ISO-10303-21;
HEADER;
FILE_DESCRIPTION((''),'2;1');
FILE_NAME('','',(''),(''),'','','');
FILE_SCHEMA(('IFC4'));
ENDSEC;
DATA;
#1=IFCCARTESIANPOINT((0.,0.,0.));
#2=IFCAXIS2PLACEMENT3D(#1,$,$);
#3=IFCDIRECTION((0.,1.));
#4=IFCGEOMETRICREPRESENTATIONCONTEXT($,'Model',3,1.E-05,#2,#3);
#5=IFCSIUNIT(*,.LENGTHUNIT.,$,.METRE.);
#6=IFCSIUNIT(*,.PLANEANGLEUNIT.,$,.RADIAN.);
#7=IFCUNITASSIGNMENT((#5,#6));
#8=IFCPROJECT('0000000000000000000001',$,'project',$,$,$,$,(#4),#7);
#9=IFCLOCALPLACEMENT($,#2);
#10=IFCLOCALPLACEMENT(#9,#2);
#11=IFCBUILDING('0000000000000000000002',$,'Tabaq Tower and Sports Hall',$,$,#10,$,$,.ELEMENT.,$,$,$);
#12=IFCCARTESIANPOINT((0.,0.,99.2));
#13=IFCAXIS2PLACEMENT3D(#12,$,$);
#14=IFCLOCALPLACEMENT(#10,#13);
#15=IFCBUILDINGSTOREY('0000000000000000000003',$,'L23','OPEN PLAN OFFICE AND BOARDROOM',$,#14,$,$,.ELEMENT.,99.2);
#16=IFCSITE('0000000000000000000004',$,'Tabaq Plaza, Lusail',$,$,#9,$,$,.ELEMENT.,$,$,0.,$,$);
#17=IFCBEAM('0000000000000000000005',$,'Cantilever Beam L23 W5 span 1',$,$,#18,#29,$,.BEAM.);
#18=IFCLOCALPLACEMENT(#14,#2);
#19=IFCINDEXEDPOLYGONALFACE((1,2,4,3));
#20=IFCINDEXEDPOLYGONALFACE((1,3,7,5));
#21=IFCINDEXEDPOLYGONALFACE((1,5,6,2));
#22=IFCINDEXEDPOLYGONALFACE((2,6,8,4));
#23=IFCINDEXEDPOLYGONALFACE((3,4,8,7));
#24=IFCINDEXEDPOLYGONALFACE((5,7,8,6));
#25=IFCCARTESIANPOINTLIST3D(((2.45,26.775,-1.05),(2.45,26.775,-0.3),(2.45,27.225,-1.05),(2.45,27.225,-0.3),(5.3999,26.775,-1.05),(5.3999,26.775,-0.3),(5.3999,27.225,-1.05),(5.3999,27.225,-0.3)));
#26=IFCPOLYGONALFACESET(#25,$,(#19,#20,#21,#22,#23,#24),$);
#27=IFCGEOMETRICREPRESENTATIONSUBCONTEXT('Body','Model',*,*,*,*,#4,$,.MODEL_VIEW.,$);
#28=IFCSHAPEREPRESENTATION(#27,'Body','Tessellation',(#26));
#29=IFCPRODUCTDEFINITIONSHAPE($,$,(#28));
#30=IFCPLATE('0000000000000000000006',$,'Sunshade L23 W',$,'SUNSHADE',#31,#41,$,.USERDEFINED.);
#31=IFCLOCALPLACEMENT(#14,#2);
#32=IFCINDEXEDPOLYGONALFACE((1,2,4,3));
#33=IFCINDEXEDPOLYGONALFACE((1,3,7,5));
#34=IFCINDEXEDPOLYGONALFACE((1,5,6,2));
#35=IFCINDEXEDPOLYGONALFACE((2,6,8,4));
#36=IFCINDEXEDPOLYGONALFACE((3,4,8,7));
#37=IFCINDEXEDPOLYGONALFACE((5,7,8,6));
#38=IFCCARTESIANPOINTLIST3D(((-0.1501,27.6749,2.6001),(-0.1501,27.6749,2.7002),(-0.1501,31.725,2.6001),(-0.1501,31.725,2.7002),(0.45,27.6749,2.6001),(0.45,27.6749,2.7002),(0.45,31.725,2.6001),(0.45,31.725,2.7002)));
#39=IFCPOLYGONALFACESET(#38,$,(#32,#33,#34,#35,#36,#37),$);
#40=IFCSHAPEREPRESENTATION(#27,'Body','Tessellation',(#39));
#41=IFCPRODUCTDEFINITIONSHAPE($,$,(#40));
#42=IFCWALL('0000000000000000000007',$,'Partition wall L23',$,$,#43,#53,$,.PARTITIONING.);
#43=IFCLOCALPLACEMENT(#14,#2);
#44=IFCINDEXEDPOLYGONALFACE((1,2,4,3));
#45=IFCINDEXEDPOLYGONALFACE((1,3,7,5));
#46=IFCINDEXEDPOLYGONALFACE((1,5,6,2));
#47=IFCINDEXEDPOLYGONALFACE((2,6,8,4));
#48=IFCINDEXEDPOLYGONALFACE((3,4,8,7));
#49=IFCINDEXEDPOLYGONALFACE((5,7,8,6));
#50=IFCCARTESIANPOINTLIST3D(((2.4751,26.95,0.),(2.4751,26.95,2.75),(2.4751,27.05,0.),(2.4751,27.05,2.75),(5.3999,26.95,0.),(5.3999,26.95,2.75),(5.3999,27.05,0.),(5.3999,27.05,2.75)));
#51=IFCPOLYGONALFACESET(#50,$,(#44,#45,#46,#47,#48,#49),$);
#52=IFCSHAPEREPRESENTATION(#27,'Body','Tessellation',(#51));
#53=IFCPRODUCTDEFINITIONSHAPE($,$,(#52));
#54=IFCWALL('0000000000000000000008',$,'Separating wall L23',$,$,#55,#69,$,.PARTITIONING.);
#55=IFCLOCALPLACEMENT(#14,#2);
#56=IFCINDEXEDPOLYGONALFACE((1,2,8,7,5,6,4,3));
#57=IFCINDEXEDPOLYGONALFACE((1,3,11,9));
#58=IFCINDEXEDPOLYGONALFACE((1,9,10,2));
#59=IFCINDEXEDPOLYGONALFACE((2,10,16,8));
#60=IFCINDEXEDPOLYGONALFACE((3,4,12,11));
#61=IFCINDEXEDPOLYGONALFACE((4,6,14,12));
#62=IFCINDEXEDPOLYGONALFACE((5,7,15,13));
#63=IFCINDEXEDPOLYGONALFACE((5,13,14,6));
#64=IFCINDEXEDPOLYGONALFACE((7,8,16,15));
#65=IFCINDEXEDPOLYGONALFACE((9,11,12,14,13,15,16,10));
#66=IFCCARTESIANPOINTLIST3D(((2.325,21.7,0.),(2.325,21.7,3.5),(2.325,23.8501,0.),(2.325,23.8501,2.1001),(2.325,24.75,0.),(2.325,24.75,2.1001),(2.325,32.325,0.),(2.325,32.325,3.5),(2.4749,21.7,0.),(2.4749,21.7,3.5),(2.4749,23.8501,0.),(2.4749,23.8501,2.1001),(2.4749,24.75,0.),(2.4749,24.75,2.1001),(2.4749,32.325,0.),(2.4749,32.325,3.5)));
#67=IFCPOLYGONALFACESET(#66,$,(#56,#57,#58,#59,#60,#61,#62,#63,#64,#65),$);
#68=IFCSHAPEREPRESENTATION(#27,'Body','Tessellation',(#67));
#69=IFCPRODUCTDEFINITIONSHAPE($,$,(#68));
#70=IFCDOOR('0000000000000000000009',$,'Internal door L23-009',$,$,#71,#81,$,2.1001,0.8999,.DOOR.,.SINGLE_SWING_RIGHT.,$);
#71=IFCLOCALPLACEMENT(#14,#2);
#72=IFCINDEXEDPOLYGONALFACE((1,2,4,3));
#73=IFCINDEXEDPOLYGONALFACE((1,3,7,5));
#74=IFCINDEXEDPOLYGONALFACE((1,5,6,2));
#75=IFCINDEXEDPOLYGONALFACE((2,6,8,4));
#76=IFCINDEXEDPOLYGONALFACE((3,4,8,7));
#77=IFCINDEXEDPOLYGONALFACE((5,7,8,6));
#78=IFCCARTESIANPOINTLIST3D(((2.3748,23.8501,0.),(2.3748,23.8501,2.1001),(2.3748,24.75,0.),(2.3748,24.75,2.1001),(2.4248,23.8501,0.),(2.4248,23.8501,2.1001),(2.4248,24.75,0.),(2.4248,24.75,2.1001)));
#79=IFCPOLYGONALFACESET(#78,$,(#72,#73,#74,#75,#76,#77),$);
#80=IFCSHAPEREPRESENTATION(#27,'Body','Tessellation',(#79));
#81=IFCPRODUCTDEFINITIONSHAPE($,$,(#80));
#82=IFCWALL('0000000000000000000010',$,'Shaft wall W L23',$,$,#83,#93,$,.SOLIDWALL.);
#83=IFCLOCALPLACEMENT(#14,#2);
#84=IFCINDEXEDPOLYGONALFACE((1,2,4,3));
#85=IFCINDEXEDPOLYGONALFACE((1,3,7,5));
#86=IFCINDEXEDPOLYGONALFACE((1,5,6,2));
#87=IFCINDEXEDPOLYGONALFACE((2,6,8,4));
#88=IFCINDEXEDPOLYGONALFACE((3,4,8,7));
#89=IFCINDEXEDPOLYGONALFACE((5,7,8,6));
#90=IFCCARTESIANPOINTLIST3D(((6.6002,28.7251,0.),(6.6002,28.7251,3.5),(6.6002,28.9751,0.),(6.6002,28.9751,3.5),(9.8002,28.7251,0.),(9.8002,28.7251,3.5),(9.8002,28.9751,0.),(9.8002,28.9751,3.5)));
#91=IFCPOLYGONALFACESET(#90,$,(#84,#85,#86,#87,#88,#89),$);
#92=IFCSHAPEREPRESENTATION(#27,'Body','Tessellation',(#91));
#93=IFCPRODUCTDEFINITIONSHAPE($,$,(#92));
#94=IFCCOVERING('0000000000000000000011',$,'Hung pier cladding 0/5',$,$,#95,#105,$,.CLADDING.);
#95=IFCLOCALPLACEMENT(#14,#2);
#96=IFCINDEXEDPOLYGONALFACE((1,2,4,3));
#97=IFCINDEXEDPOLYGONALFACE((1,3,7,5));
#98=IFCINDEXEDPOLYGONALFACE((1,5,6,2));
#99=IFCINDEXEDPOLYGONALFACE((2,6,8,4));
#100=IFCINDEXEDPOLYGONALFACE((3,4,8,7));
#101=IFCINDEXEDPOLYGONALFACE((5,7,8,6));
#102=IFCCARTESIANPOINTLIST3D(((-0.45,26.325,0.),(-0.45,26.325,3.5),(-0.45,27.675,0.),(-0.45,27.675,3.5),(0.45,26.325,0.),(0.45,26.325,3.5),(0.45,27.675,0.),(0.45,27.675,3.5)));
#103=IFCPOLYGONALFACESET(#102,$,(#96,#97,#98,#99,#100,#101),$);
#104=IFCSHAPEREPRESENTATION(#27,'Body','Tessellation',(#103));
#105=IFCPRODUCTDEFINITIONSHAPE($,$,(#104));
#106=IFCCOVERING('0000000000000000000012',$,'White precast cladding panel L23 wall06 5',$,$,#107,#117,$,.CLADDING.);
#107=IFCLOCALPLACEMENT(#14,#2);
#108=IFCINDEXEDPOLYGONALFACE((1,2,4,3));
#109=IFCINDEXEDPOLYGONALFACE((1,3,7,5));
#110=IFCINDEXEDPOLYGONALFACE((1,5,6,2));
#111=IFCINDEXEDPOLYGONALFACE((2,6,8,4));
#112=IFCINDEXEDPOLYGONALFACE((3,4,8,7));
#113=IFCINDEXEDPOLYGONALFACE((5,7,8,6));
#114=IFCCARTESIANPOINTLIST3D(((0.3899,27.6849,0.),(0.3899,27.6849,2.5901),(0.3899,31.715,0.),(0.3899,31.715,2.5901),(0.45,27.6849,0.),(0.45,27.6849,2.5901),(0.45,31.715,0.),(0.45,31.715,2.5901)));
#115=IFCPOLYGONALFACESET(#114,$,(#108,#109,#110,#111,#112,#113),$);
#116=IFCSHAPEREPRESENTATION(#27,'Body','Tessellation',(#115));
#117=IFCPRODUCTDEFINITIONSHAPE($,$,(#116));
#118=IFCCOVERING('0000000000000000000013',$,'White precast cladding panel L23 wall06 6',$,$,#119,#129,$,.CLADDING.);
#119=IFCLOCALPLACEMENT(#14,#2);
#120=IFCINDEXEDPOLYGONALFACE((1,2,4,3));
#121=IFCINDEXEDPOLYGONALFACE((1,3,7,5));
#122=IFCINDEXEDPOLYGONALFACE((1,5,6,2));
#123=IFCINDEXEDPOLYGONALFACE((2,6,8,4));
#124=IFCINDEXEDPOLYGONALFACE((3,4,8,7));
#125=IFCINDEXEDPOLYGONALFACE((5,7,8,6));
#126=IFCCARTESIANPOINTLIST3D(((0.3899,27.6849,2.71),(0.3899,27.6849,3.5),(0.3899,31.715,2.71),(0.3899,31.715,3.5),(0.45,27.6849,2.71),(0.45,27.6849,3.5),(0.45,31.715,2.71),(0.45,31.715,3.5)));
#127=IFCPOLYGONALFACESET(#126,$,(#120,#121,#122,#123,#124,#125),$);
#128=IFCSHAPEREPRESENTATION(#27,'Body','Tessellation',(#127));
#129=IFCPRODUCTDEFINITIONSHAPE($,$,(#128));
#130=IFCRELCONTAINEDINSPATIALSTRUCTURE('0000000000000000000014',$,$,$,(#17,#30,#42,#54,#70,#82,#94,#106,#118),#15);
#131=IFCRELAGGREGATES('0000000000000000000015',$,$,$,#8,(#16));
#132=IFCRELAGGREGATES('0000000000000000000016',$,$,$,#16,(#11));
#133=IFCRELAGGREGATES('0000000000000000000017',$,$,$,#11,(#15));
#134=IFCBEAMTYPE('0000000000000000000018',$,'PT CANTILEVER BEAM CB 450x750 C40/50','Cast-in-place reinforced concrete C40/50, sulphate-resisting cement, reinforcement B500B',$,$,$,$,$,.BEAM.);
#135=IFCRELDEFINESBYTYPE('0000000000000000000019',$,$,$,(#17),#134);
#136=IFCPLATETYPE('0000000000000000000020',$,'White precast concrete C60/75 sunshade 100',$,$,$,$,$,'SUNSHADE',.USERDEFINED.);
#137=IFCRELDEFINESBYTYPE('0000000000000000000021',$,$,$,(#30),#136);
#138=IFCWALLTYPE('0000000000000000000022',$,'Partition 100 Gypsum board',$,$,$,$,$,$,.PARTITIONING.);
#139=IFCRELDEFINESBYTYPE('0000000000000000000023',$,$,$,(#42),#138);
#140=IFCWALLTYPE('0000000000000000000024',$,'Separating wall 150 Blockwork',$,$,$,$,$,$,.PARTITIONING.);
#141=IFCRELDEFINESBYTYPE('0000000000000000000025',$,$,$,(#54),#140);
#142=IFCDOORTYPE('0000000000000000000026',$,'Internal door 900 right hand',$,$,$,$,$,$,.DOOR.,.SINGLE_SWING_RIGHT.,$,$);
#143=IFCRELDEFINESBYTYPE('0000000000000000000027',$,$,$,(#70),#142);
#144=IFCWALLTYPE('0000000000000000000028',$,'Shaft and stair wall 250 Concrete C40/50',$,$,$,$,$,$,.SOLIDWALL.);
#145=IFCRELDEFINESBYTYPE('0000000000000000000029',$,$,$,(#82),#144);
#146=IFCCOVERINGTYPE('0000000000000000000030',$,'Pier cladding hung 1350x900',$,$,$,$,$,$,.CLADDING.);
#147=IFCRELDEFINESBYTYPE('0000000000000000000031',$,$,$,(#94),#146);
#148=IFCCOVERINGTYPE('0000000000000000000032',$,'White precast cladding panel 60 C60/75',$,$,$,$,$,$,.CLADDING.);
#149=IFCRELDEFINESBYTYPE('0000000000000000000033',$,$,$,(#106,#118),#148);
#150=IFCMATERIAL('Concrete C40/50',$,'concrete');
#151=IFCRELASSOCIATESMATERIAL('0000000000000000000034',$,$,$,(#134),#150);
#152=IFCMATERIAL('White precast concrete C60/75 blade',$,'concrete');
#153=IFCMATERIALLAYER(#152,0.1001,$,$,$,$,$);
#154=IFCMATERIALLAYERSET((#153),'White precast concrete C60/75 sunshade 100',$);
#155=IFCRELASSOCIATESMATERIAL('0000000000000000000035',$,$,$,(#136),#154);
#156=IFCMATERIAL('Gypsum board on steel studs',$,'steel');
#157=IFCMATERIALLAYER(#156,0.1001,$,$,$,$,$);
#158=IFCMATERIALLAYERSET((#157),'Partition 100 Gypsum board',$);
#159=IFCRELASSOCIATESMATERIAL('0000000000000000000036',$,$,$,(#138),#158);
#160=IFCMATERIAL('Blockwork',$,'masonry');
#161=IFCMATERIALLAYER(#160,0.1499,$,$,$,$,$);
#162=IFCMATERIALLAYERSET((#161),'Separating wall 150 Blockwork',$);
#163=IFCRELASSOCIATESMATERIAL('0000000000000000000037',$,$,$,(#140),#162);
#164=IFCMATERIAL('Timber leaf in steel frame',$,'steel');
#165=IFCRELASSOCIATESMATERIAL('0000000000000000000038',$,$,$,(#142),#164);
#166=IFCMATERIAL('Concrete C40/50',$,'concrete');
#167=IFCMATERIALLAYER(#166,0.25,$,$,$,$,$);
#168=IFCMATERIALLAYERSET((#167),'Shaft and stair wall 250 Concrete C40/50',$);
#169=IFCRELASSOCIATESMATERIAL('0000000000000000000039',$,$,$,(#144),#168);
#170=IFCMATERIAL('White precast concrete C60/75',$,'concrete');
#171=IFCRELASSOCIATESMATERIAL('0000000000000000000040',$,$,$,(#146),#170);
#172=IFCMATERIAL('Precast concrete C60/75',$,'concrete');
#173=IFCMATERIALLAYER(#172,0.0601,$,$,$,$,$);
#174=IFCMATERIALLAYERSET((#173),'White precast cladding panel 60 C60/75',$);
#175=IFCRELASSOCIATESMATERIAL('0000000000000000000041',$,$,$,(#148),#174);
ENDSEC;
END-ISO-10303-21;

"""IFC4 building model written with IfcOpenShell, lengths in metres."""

from ifc_helpers import new_model, si_unit, direction, frame, frame_2d, origin, origin_2d, place, context, subcontext, project, spatial, rectangle, extrude, material, layer, layer_set, material_profile, profile_set, type_object, element, fill, save


model = new_model("IFC4")

# Units and contexts
model_context = context("Model", 3, precision=1e-05, world=origin(), true_north=direction((0.0, 1.0)))
body_context = subcontext(model_context, "Body", "Model", "MODEL_VIEW")
ifc_project = project(units=[si_unit("LENGTHUNIT", "METRE"), si_unit("PLANEANGLEUNIT", "RADIAN")], contexts=[model_context])

# Site, building, storey
site_placement = place(None, origin())
site = spatial("IfcSite", under=ifc_project, at=site_placement, Name="Tabaq Plaza, Lusail", CompositionType="ELEMENT", RefElevation=0.0)
building_placement = place(site_placement, origin())
building = spatial("IfcBuilding", under=site, at=building_placement, Name="Tabaq Tower and Sports Hall", CompositionType="ELEMENT")
storey_placement = place(building_placement, frame((0.0, 0.0, 99.2)))
storey = spatial("IfcBuildingStorey", under=building, at=storey_placement, Name="L23", Description="OPEN PLAN OFFICE AND BOARDROOM", CompositionType="ELEMENT", Elevation=99.2)

# Beam
ifc_material_1 = material(Name="Concrete C40/50", Category="concrete")
ifc_material_profile = material_profile(ifc_material_1, rectangle(XDim=0.45, YDim=0.75, at=origin_2d()), Name="CB 450x750")
ifc_profile_set = profile_set([ifc_material_profile], Name="Concrete C40/50")
beam_type = type_object("IfcBeamType", Name="PT CANTILEVER BEAM CB 450x750 C40/50", Description="Cast-in-place reinforced concrete C40/50, sulphate-resisting cement, reinforcement B500B", PredefinedType="BEAM", material=ifc_profile_set)
beam_placement = place(storey_placement, frame((2.45, 27.0, -0.675), z_axis=(1.0, 0.0, 0.0), x_axis=(0.0, 1.0, 0.0)))
element("IfcBeam", 1, at=beam_placement, inside=storey, type_object=beam_type, Name="Cantilever Beam L23 W5 span 1", PredefinedType="BEAM", context=body_context, shape_type="SweptSolid", body=[
    extrude(rectangle(XDim=0.45, YDim=0.75, at=origin_2d()), origin(), (0.0, 0.0, 1.0), 2.95),
])

# Plate
ifc_material_2 = material(Name="White precast concrete C60/75 blade", Category="concrete")
ifc_layer_1 = layer(ifc_material_2, 0.1001)
ifc_layer_set_1 = layer_set([ifc_layer_1], Name="White precast concrete C60/75 sunshade 100")
plate_type = type_object("IfcPlateType", Name="White precast concrete C60/75 sunshade 100", ElementType="SUNSHADE", PredefinedType="USERDEFINED", material=ifc_layer_set_1)
plate_placement = place(storey_placement, frame((0.1499, 29.7, 2.6001), z_axis=(0.0, 0.0, 1.0), x_axis=(0.0, -1.0, 0.0)))
element("IfcPlate", 2, at=plate_placement, inside=storey, type_object=plate_type, Name="Sunshade L23 W", ObjectType="SUNSHADE", PredefinedType="USERDEFINED", context=body_context, shape_type="SweptSolid", body=[
    extrude(rectangle(XDim=4.05, YDim=0.6001, at=origin_2d()), origin(), (0.0, 0.0, 1.0), 0.1001),
])

# Wall
ifc_material_3 = material(Name="Gypsum board on steel studs", Category="steel")
ifc_layer_2 = layer(ifc_material_3, 0.1001)
ifc_layer_set_2 = layer_set([ifc_layer_2], Name="Partition 100 Gypsum board")
wall_type_1 = type_object("IfcWallType", Name="Partition 100 Gypsum board", PredefinedType="PARTITIONING", material=ifc_layer_set_2)
wall_1_placement = place(storey_placement, frame((5.3999, 27.0, 0.0), z_axis=(0.0, 0.0, 1.0), x_axis=(-1.0, 0.0, 0.0)))
element("IfcWall", 3, at=wall_1_placement, inside=storey, type_object=wall_type_1, Name="Partition wall L23", PredefinedType="PARTITIONING", context=body_context, shape_type="SweptSolid", body=[
    extrude(rectangle(XDim=2.9248, YDim=0.1001, at=frame_2d((1.4624, 0.0))), origin(), (0.0, 0.0, 1.0), 2.75),
])

# Wall, opening, door
ifc_material_4 = material(Name="Blockwork", Category="masonry")
ifc_layer_3 = layer(ifc_material_4, 0.1499)
ifc_layer_set_3 = layer_set([ifc_layer_3], Name="Separating wall 150 Blockwork")
wall_type_2 = type_object("IfcWallType", Name="Separating wall 150 Blockwork", PredefinedType="PARTITIONING", material=ifc_layer_set_3)
wall_2_placement = place(storey_placement, frame((2.3999, 32.325, 0.0), z_axis=(0.0, 0.0, 1.0), x_axis=(0.0, -1.0, 0.0)))
wall_2 = element("IfcWall", 4, at=wall_2_placement, inside=storey, type_object=wall_type_2, Name="Separating wall L23", PredefinedType="PARTITIONING", context=body_context, shape_type="SweptSolid", body=[
    extrude(rectangle(XDim=10.625, YDim=0.1499, at=frame_2d((5.3125, 0.0))), origin(), (0.0, 0.0, 1.0), 3.5),
])
opening_1_placement = place(wall_2_placement, frame((7.575, 0.0, 0.0)))
opening_1 = element("IfcOpeningElement", 5, at=opening_1_placement, cuts=wall_2, PredefinedType="OPENING", context=body_context, shape_type="SweptSolid", body=[
    extrude(rectangle(XDim=0.8999, YDim=2.1001, at=frame_2d((0.45, 1.05))), frame((0.0, 0.075, 0.0), z_axis=(0.0, -1.0, 0.0), x_axis=(1.0, 0.0, 0.0)), (0.0, 0.0, 1.0), 0.1499),
])
ifc_material_5 = material(Name="Timber leaf in steel frame", Category="steel")
door_type_1 = type_object("IfcDoorType", Name="Internal door 900 right hand", OperationType="SINGLE_SWING_RIGHT", PredefinedType="DOOR", material=ifc_material_5)
door_1_placement = place(opening_1_placement, origin())
door_1 = element("IfcDoor", 6, at=door_1_placement, inside=storey, type_object=door_type_1, Name="Internal door L23-009", OperationType="SINGLE_SWING_RIGHT", OverallHeight=2.1001, OverallWidth=0.8999, PredefinedType="DOOR", context=body_context, shape_type="SweptSolid", body=[
    extrude(rectangle(XDim=0.8999, YDim=2.1001, at=frame_2d((0.45, 1.05))), frame((0.0, 0.0249, 0.0), z_axis=(0.0, -1.0, 0.0), x_axis=(1.0, 0.0, 0.0)), (0.0, 0.0, 1.0), 0.05),
])
fill(opening_1, door_1)

# Wall
ifc_material_6 = material(Name="Concrete C40/50", Category="concrete")
ifc_layer_4 = layer(ifc_material_6, 0.25)
ifc_layer_set_4 = layer_set([ifc_layer_4], Name="Shaft and stair wall 250 Concrete C40/50")
wall_type_3 = type_object("IfcWallType", Name="Shaft and stair wall 250 Concrete C40/50", PredefinedType="SOLIDWALL", material=ifc_layer_set_4)
wall_3_placement = place(storey_placement, frame((6.6001, 28.8501, 0.0), z_axis=(0.0, 0.0, 1.0), x_axis=(1.0, 0.0, 0.0)))
element("IfcWall", 7, at=wall_3_placement, inside=storey, type_object=wall_type_3, Name="Shaft wall W L23", PredefinedType="SOLIDWALL", context=body_context, shape_type="SweptSolid", body=[
    extrude(rectangle(XDim=3.2, YDim=0.25, at=frame_2d((1.6001, 0.0))), origin(), (0.0, 0.0, 1.0), 3.5),
])

# Coverings
ifc_material_7 = material(Name="White precast concrete C60/75", Category="concrete")
covering_type_1 = type_object("IfcCoveringType", Name="Pier cladding hung 1350x900", PredefinedType="CLADDING", material=ifc_material_7)
covering_1_placement = place(storey_placement, frame((0.0, 27.675, 0.0), z_axis=(0.0, 0.0, 1.0), x_axis=(0.0, -1.0, 0.0)))
element("IfcCovering", 8, at=covering_1_placement, inside=storey, type_object=covering_type_1, Name="Hung pier cladding 0/5", PredefinedType="CLADDING", context=body_context, shape_type="SweptSolid", body=[
    extrude(rectangle(XDim=1.3501, YDim=0.8999, at=frame_2d((0.675, 0.0))), origin(), (0.0, 0.0, 1.0), 3.5),
])
ifc_material_8 = material(Name="Precast concrete C60/75", Category="concrete")
ifc_layer_5 = layer(ifc_material_8, 0.0601)
ifc_layer_set_5 = layer_set([ifc_layer_5], Name="White precast cladding panel 60 C60/75")
covering_type_2 = type_object("IfcCoveringType", Name="White precast cladding panel 60 C60/75", PredefinedType="CLADDING", material=ifc_layer_set_5)
covering_2_placement = place(storey_placement, frame((0.4199, 31.7151, 0.0), z_axis=(0.0, 0.0, 1.0), x_axis=(0.0, -1.0, 0.0)))
element("IfcCovering", 9, at=covering_2_placement, inside=storey, type_object=covering_type_2, Name="White precast cladding panel L23 wall06 5", PredefinedType="CLADDING", context=body_context, shape_type="SweptSolid", body=[
    extrude(rectangle(XDim=4.03, YDim=0.0601, at=frame_2d((2.0151, 0.0))), origin(), (0.0, 0.0, 1.0), 2.5901),
])
covering_3_placement = place(storey_placement, frame((0.4199, 31.7151, 2.71), z_axis=(0.0, 0.0, 1.0), x_axis=(0.0, -1.0, 0.0)))
element("IfcCovering", 10, at=covering_3_placement, inside=storey, type_object=covering_type_2, Name="White precast cladding panel L23 wall06 6", PredefinedType="CLADDING", context=body_context, shape_type="SweptSolid", body=[
    extrude(rectangle(XDim=4.03, YDim=0.0601, at=frame_2d((2.0151, 0.0))), origin(), (0.0, 0.0, 1.0), 0.79),
])

save(model, "model.ifc")
